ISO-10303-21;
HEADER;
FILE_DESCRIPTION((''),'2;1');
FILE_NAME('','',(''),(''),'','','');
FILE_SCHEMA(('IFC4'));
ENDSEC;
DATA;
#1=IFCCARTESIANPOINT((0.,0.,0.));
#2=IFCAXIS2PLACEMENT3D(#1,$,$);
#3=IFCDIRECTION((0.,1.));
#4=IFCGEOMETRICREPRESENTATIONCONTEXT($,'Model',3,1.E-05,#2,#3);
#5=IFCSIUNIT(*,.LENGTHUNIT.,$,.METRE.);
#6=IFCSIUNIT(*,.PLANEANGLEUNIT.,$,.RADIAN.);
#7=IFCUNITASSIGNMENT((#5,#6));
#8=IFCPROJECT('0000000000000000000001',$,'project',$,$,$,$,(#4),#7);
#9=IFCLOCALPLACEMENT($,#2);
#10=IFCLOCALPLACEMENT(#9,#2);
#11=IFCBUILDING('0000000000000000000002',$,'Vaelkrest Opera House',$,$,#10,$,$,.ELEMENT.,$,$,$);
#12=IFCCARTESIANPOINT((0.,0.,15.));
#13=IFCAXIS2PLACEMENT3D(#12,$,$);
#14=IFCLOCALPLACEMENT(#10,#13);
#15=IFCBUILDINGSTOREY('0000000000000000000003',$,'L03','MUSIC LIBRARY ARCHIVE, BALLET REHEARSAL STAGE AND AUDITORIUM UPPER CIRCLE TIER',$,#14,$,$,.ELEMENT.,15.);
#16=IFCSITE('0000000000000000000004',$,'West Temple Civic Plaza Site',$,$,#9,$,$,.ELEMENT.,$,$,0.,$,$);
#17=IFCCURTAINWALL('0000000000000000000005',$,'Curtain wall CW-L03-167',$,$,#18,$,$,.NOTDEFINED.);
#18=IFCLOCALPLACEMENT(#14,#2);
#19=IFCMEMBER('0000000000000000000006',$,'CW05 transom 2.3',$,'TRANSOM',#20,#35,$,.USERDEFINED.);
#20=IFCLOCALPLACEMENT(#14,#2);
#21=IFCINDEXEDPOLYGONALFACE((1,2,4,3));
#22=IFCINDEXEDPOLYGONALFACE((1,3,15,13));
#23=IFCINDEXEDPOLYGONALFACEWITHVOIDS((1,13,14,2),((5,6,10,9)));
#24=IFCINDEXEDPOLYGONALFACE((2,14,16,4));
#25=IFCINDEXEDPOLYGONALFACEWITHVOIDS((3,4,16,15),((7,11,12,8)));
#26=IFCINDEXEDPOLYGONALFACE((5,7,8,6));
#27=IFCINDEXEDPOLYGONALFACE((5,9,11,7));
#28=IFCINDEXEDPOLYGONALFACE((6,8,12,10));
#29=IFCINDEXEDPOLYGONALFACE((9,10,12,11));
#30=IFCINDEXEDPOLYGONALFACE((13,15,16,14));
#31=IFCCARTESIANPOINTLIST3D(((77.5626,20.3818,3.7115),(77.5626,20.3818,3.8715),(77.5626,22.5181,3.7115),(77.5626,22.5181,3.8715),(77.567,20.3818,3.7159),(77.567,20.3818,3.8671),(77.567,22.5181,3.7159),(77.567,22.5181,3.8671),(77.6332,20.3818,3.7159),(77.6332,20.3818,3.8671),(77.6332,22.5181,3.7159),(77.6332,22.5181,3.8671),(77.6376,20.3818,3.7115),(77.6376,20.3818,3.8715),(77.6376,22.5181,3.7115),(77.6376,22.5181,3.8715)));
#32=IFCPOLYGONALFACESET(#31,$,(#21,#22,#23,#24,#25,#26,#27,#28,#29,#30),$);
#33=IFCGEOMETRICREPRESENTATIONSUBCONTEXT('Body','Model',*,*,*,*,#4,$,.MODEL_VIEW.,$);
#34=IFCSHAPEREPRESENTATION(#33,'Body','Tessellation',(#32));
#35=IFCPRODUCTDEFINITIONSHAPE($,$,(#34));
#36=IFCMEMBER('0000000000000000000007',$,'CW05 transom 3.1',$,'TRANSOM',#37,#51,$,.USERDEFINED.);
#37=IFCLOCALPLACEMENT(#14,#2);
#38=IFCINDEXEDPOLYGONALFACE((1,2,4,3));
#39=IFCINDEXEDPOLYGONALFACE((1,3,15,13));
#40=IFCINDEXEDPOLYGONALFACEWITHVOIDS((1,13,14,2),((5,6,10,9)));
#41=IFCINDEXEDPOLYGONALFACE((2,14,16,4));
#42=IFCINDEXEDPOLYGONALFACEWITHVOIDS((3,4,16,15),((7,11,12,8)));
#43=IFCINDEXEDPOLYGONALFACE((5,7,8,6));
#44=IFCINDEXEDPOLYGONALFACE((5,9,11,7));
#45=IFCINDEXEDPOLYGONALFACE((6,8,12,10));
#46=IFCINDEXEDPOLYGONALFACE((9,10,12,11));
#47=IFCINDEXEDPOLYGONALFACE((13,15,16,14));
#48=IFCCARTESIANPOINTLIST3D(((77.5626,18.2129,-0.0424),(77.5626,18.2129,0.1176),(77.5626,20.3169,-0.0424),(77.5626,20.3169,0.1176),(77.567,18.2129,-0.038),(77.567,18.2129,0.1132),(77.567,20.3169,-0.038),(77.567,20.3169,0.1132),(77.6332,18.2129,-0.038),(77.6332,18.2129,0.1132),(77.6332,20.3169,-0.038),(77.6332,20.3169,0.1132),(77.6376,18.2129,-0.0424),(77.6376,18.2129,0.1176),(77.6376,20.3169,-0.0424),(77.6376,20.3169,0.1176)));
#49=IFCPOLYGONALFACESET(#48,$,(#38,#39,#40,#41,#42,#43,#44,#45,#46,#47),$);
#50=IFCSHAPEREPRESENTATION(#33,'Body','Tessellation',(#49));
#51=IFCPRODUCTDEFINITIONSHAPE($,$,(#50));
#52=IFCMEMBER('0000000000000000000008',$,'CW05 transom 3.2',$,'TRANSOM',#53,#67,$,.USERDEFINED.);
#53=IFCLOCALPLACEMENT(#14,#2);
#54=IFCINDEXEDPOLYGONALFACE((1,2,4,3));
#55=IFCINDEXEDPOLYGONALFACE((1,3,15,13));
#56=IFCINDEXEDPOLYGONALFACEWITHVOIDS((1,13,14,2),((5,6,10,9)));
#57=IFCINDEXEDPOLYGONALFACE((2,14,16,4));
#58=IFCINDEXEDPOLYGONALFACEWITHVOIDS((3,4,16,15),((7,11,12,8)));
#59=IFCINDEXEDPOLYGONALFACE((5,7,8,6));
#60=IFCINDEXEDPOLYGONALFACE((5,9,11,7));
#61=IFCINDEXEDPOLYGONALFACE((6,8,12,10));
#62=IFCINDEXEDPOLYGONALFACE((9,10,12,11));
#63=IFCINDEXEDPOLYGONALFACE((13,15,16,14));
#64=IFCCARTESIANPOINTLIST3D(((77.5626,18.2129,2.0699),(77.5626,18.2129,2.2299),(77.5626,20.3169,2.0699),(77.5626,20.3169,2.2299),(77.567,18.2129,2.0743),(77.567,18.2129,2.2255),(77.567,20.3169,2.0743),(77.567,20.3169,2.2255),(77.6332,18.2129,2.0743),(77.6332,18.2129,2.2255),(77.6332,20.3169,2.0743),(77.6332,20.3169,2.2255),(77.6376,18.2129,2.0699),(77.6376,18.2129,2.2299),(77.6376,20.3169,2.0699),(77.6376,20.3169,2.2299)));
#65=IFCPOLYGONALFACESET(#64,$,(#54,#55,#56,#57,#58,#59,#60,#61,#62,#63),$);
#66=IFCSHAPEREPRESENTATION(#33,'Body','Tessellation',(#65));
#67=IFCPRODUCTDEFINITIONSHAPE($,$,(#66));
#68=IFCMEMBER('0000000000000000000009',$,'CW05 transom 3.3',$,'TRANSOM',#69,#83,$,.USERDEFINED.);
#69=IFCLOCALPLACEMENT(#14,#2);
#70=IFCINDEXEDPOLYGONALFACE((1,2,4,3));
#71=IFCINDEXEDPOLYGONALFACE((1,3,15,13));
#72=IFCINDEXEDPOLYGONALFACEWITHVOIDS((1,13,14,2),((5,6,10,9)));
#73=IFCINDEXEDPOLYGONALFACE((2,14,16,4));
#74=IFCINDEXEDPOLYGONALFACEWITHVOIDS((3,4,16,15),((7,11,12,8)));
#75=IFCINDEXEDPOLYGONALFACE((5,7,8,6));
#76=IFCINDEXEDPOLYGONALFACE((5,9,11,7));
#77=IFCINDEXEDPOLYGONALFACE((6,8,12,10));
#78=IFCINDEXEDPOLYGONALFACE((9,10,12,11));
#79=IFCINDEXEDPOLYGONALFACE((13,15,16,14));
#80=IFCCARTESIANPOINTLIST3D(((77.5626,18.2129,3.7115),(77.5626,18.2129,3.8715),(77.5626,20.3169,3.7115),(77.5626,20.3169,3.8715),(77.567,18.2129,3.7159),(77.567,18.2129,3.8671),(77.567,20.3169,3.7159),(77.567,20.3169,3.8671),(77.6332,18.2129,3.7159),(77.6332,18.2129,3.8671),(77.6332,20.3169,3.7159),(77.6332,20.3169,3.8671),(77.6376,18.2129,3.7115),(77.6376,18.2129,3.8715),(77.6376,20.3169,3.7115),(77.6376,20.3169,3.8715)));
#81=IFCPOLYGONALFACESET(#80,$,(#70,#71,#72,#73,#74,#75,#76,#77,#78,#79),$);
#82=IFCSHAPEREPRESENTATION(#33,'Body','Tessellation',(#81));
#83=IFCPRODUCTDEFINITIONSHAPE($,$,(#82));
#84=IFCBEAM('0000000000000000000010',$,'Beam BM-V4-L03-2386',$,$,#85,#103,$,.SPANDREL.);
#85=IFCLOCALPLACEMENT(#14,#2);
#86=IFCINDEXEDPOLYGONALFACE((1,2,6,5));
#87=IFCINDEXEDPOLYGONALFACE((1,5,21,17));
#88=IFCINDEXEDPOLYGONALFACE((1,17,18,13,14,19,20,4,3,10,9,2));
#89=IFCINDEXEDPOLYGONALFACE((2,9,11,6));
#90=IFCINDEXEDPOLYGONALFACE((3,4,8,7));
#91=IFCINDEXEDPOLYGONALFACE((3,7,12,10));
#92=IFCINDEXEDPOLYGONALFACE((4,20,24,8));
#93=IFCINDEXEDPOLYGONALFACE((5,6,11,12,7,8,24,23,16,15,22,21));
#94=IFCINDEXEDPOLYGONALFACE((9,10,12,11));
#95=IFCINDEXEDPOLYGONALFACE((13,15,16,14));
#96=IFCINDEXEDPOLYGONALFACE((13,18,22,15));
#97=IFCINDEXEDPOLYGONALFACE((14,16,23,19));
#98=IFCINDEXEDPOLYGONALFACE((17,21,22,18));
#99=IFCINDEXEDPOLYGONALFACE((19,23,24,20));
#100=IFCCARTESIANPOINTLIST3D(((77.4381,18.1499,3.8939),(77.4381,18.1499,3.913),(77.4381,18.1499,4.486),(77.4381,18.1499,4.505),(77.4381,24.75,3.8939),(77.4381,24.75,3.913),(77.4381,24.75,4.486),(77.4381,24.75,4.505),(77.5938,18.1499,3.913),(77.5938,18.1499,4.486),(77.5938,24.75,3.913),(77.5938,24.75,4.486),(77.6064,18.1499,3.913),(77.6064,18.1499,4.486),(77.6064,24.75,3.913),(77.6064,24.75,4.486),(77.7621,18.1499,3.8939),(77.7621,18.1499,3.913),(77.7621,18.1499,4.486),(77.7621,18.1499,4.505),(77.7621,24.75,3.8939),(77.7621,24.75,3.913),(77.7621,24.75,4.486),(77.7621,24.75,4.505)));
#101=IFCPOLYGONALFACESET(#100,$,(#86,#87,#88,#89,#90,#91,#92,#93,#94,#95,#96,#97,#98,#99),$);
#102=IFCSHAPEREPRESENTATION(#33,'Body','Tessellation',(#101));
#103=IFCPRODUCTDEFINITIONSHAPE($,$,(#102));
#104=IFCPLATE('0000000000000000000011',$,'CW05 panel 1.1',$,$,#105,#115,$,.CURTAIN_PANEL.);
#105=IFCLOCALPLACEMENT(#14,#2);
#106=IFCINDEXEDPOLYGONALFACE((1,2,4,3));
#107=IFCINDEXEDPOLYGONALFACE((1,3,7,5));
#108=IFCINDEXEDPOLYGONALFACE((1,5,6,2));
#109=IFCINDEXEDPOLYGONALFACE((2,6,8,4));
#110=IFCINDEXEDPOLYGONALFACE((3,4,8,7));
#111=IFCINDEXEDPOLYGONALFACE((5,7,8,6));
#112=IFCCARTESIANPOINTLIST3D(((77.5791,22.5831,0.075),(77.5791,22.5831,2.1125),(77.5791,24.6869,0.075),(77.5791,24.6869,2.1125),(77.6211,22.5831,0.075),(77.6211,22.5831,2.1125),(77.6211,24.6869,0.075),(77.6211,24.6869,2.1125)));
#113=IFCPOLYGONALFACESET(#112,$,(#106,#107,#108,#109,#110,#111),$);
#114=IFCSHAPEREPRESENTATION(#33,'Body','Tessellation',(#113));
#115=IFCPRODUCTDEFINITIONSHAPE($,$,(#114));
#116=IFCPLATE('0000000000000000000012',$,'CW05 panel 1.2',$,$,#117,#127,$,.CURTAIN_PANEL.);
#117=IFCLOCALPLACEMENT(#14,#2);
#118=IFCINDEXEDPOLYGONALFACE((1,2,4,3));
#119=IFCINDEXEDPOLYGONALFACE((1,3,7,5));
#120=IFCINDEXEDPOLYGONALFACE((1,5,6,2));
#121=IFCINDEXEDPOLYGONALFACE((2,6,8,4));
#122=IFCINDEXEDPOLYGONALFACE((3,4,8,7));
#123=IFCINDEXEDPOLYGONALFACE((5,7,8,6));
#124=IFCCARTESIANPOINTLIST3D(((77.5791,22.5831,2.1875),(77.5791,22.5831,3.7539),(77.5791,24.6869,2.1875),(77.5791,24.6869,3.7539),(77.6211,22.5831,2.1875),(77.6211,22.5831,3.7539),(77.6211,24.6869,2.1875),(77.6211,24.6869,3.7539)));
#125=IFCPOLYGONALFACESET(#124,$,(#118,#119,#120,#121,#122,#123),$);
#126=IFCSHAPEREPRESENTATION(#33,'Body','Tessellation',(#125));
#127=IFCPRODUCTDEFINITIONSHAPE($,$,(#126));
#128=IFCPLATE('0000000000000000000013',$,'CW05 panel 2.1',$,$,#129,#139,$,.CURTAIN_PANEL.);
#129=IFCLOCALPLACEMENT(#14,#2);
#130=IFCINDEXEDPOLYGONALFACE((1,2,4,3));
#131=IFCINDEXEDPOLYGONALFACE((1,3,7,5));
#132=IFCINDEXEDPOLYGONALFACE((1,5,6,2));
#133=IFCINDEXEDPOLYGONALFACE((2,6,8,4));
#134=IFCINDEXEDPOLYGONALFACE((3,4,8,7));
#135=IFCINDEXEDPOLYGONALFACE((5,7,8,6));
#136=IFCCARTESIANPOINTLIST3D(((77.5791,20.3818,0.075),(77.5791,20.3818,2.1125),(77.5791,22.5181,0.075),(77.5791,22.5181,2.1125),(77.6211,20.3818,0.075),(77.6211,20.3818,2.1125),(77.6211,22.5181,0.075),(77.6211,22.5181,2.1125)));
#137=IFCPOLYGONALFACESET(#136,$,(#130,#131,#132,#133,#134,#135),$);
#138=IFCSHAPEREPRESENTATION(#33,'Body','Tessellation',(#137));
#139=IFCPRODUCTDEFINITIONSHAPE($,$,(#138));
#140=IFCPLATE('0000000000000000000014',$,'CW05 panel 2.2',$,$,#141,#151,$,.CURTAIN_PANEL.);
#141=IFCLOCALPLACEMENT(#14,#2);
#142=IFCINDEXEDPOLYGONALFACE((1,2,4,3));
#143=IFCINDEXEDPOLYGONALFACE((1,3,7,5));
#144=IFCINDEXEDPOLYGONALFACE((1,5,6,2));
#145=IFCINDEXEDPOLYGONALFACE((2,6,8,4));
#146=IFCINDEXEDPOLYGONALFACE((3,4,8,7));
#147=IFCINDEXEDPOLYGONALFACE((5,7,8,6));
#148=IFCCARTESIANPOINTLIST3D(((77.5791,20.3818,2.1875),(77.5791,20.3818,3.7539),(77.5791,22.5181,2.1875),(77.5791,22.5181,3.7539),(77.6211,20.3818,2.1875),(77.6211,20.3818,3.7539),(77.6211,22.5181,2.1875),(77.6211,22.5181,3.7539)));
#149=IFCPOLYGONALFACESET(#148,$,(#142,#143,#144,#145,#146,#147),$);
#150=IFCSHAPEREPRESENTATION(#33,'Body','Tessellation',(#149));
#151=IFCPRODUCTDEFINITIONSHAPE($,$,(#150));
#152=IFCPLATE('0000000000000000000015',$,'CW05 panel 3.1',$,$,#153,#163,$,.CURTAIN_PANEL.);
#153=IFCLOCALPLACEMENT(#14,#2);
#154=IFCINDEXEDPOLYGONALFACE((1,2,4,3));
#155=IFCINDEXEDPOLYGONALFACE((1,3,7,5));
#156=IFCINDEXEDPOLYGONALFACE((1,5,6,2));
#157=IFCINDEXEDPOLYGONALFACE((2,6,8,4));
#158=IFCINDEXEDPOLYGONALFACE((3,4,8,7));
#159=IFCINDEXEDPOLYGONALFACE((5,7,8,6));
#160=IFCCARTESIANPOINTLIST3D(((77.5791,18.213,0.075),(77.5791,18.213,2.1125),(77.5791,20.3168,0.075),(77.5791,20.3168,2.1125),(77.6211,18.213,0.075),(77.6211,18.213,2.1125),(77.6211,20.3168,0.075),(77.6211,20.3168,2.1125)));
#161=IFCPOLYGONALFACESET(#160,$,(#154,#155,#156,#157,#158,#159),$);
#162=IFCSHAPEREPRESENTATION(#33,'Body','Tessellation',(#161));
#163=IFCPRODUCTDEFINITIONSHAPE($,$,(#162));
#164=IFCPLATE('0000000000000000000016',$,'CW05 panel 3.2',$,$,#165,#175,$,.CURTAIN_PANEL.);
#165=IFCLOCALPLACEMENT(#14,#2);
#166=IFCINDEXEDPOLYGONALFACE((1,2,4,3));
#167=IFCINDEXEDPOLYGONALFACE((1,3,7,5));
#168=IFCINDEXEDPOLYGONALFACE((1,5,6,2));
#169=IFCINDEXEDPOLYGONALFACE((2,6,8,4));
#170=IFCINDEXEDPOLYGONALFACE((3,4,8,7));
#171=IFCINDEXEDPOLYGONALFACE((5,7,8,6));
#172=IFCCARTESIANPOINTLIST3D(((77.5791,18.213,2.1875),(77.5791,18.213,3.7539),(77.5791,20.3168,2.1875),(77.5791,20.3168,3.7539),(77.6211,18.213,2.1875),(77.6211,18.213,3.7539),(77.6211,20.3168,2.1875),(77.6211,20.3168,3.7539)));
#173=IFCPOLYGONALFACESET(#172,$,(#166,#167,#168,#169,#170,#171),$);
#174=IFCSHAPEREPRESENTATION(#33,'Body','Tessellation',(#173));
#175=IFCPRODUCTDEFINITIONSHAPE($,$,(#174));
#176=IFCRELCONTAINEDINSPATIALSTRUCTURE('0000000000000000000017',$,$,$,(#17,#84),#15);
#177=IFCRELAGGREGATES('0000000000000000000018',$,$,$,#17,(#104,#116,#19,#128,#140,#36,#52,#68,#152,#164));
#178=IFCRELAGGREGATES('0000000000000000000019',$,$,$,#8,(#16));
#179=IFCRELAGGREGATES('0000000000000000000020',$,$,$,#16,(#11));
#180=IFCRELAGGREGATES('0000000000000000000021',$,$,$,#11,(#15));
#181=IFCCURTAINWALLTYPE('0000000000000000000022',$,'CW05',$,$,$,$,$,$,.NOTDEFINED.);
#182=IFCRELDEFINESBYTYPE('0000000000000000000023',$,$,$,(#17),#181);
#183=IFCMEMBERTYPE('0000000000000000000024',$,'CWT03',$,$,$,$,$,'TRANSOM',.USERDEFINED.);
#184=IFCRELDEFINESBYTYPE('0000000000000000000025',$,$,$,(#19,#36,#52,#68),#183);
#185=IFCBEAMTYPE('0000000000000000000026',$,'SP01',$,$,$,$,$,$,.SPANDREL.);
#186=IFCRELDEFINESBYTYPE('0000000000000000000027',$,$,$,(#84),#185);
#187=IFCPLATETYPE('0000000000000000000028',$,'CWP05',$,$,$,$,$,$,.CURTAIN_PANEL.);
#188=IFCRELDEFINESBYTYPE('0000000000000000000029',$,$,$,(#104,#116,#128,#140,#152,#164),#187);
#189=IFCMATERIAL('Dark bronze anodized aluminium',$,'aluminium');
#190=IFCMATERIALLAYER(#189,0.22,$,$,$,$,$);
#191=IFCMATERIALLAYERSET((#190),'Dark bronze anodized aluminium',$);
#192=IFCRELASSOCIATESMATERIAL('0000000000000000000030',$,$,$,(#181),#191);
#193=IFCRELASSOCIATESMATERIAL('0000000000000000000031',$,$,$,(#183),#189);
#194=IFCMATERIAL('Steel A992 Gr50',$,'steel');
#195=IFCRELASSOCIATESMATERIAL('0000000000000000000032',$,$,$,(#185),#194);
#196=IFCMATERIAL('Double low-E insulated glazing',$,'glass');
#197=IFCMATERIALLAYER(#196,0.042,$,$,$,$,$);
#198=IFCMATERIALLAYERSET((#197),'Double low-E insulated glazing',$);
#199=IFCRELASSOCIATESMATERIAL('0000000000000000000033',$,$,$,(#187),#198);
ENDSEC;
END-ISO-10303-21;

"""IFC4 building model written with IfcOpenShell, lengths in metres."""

from ifc_helpers import new_model, si_unit, direction, frame, origin, origin_2d, place, context, subcontext, project, spatial, rectangle, hollow_rectangle, i_section, extrude, material, layer, layer_set, material_profile, profile_set, type_object, element, aggregate, save


model = new_model("IFC4")

# Units and contexts
model_context = context("Model", 3, precision=1e-05, world=origin(), true_north=direction((0.0, 1.0)))
body_context = subcontext(model_context, "Body", "Model", "MODEL_VIEW")
ifc_project = project(units=[si_unit("LENGTHUNIT", "METRE"), si_unit("PLANEANGLEUNIT", "RADIAN")], contexts=[model_context])

# Site, building, storey
site_placement = place(None, origin())
site = spatial("IfcSite", under=ifc_project, at=site_placement, Name="West Temple Civic Plaza Site", CompositionType="ELEMENT", RefElevation=0.0)
building_placement = place(site_placement, origin())
building = spatial("IfcBuilding", under=site, at=building_placement, Name="Vaelkrest Opera House", CompositionType="ELEMENT")
storey_placement = place(building_placement, frame((0.0, 0.0, 15.0)))
storey = spatial("IfcBuildingStorey", under=building, at=storey_placement, Name="L03", Description="MUSIC LIBRARY ARCHIVE, BALLET REHEARSAL STAGE AND AUDITORIUM UPPER CIRCLE TIER", CompositionType="ELEMENT", Elevation=15.0)

# Curtain wall, members
ifc_material_1 = material(Name="Dark bronze anodized aluminium", Category="aluminium")
ifc_layer_1 = layer(ifc_material_1, 0.22)
ifc_layer_set_1 = layer_set([ifc_layer_1], Name="Dark bronze anodized aluminium")
curtain_wall_type = type_object("IfcCurtainWallType", Name="CW05", PredefinedType="NOTDEFINED", material=ifc_layer_set_1)
curtain_wall_placement = place(storey_placement, origin())
curtain_wall = element("IfcCurtainWall", 1, at=curtain_wall_placement, inside=storey, type_object=curtain_wall_type, Name="Curtain wall CW-L03-167", PredefinedType="NOTDEFINED")
ifc_material_profile_1 = material_profile(ifc_material_1, hollow_rectangle(XDim=0.075, YDim=0.1599, WallThickness=0.0044, at=origin_2d()), Name="CWT75X160")
ifc_profile_set_1 = profile_set([ifc_material_profile_1], Name="Dark bronze anodized aluminium")
member_type_1 = type_object("IfcMemberType", Name="CWT03", ElementType="TRANSOM", PredefinedType="USERDEFINED", material=ifc_profile_set_1)
member_1_placement = place(storey_placement, frame((77.6001, 22.5181, 3.7915), z_axis=(0.0, -1.0, 0.0), x_axis=(1.0, 0.0, 0.0)))
member_1 = element("IfcMember", 2, at=member_1_placement, type_object=member_type_1, Name="CW05 transom 2.3", ObjectType="TRANSOM", PredefinedType="USERDEFINED", context=body_context, shape_type="SweptSolid", body=[
    extrude(hollow_rectangle(XDim=0.075, YDim=0.1599, WallThickness=0.0044, at=origin_2d()), origin(), (0.0, 0.0, 1.0), 2.1362),
])
member_2_placement = place(storey_placement, frame((77.6001, 20.3169, 0.0376), z_axis=(0.0, -1.0, 0.0), x_axis=(1.0, 0.0, 0.0)))
member_2 = element("IfcMember", 3, at=member_2_placement, type_object=member_type_1, Name="CW05 transom 3.1", ObjectType="TRANSOM", PredefinedType="USERDEFINED", context=body_context, shape_type="SweptSolid", body=[
    extrude(hollow_rectangle(XDim=0.075, YDim=0.1599, WallThickness=0.0044, at=origin_2d()), origin(), (0.0, 0.0, 1.0), 2.104),
])
member_3_placement = place(storey_placement, frame((77.6001, 20.3169, 2.1499), z_axis=(0.0, -1.0, 0.0), x_axis=(1.0, 0.0, 0.0)))
member_3 = element("IfcMember", 4, at=member_3_placement, type_object=member_type_1, Name="CW05 transom 3.2", ObjectType="TRANSOM", PredefinedType="USERDEFINED", context=body_context, shape_type="SweptSolid", body=[
    extrude(hollow_rectangle(XDim=0.075, YDim=0.1599, WallThickness=0.0044, at=origin_2d()), origin(), (0.0, 0.0, 1.0), 2.104),
])
member_4_placement = place(storey_placement, frame((77.6001, 20.3169, 3.7915), z_axis=(0.0, -1.0, 0.0), x_axis=(1.0, 0.0, 0.0)))
member_4 = element("IfcMember", 5, at=member_4_placement, type_object=member_type_1, Name="CW05 transom 3.3", ObjectType="TRANSOM", PredefinedType="USERDEFINED", context=body_context, shape_type="SweptSolid", body=[
    extrude(hollow_rectangle(XDim=0.075, YDim=0.1599, WallThickness=0.0044, at=origin_2d()), origin(), (0.0, 0.0, 1.0), 2.104),
])

# Beam
ifc_material_2 = material(Name="Steel A992 Gr50", Category="steel")
ifc_material_profile_2 = material_profile(ifc_material_2, i_section(OverallWidth=0.324, OverallDepth=0.6111, WebThickness=0.0127, FlangeThickness=0.019, at=origin_2d()), Name="W24X104")
ifc_profile_set_2 = profile_set([ifc_material_profile_2], Name="Steel A992 Gr50")
beam_type = type_object("IfcBeamType", Name="SP01", PredefinedType="SPANDREL", material=ifc_profile_set_2)
beam_placement = place(storey_placement, frame((77.6001, 18.1499, 4.1995), z_axis=(0.0, 1.0, 0.0), x_axis=(-1.0, 0.0, 0.0)))
element("IfcBeam", 6, at=beam_placement, inside=storey, type_object=beam_type, Name="Beam BM-V4-L03-2386", PredefinedType="SPANDREL", context=body_context, shape_type="SweptSolid", body=[
    extrude(i_section(OverallWidth=0.324, OverallDepth=0.6111, WebThickness=0.0127, FlangeThickness=0.019, at=origin_2d()), origin(), (0.0, 0.0, 1.0), 6.6001),
])

# Plates
ifc_material_3 = material(Name="Double low-E insulated glazing", Category="glass")
ifc_layer_2 = layer(ifc_material_3, 0.042)
ifc_layer_set_2 = layer_set([ifc_layer_2], Name="Double low-E insulated glazing")
plate_type = type_object("IfcPlateType", Name="CWP05", PredefinedType="CURTAIN_PANEL", material=ifc_layer_set_2)
plate_1_placement = place(storey_placement, frame((77.6001, 23.635, 0.075), z_axis=(0.0, 0.0, 1.0), x_axis=(0.0, -1.0, 0.0)))
plate_1 = element("IfcPlate", 7, at=plate_1_placement, type_object=plate_type, Name="CW05 panel 1.1", PredefinedType="CURTAIN_PANEL", context=body_context, shape_type="SweptSolid", body=[
    extrude(rectangle(XDim=2.1038, YDim=0.042, at=origin_2d()), origin(), (0.0, 0.0, 1.0), 2.0376),
])
plate_2_placement = place(storey_placement, frame((77.6001, 23.635, 2.1875), z_axis=(0.0, 0.0, 1.0), x_axis=(0.0, -1.0, 0.0)))
plate_2 = element("IfcPlate", 8, at=plate_2_placement, type_object=plate_type, Name="CW05 panel 1.2", PredefinedType="CURTAIN_PANEL", context=body_context, shape_type="SweptSolid", body=[
    extrude(rectangle(XDim=2.1038, YDim=0.042, at=origin_2d()), origin(), (0.0, 0.0, 1.0), 1.5664),
])
plate_3_placement = place(storey_placement, frame((77.6001, 21.45, 0.075), z_axis=(0.0, 0.0, 1.0), x_axis=(0.0, -1.0, 0.0)))
plate_3 = element("IfcPlate", 9, at=plate_3_placement, type_object=plate_type, Name="CW05 panel 2.1", PredefinedType="CURTAIN_PANEL", context=body_context, shape_type="SweptSolid", body=[
    extrude(rectangle(XDim=2.1362, YDim=0.042, at=origin_2d()), origin(), (0.0, 0.0, 1.0), 2.0376),
])
plate_4_placement = place(storey_placement, frame((77.6001, 21.45, 2.1875), z_axis=(0.0, 0.0, 1.0), x_axis=(0.0, -1.0, 0.0)))
plate_4 = element("IfcPlate", 10, at=plate_4_placement, type_object=plate_type, Name="CW05 panel 2.2", PredefinedType="CURTAIN_PANEL", context=body_context, shape_type="SweptSolid", body=[
    extrude(rectangle(XDim=2.1362, YDim=0.042, at=origin_2d()), origin(), (0.0, 0.0, 1.0), 1.5664),
])
plate_5_placement = place(storey_placement, frame((77.6001, 19.2649, 0.075), z_axis=(0.0, 0.0, 1.0), x_axis=(0.0, -1.0, 0.0)))
plate_5 = element("IfcPlate", 11, at=plate_5_placement, type_object=plate_type, Name="CW05 panel 3.1", PredefinedType="CURTAIN_PANEL", context=body_context, shape_type="SweptSolid", body=[
    extrude(rectangle(XDim=2.1038, YDim=0.042, at=origin_2d()), origin(), (0.0, 0.0, 1.0), 2.0376),
])
plate_6_placement = place(storey_placement, frame((77.6001, 19.2649, 2.1875), z_axis=(0.0, 0.0, 1.0), x_axis=(0.0, -1.0, 0.0)))
plate_6 = element("IfcPlate", 12, at=plate_6_placement, type_object=plate_type, Name="CW05 panel 3.2", PredefinedType="CURTAIN_PANEL", context=body_context, shape_type="SweptSolid", body=[
    extrude(rectangle(XDim=2.1038, YDim=0.042, at=origin_2d()), origin(), (0.0, 0.0, 1.0), 1.5664),
])
aggregate(curtain_wall, [plate_1, plate_2, member_1, plate_3, plate_4, member_2, member_3, member_4, plate_5, plate_6])

save(model, "model.ifc")
